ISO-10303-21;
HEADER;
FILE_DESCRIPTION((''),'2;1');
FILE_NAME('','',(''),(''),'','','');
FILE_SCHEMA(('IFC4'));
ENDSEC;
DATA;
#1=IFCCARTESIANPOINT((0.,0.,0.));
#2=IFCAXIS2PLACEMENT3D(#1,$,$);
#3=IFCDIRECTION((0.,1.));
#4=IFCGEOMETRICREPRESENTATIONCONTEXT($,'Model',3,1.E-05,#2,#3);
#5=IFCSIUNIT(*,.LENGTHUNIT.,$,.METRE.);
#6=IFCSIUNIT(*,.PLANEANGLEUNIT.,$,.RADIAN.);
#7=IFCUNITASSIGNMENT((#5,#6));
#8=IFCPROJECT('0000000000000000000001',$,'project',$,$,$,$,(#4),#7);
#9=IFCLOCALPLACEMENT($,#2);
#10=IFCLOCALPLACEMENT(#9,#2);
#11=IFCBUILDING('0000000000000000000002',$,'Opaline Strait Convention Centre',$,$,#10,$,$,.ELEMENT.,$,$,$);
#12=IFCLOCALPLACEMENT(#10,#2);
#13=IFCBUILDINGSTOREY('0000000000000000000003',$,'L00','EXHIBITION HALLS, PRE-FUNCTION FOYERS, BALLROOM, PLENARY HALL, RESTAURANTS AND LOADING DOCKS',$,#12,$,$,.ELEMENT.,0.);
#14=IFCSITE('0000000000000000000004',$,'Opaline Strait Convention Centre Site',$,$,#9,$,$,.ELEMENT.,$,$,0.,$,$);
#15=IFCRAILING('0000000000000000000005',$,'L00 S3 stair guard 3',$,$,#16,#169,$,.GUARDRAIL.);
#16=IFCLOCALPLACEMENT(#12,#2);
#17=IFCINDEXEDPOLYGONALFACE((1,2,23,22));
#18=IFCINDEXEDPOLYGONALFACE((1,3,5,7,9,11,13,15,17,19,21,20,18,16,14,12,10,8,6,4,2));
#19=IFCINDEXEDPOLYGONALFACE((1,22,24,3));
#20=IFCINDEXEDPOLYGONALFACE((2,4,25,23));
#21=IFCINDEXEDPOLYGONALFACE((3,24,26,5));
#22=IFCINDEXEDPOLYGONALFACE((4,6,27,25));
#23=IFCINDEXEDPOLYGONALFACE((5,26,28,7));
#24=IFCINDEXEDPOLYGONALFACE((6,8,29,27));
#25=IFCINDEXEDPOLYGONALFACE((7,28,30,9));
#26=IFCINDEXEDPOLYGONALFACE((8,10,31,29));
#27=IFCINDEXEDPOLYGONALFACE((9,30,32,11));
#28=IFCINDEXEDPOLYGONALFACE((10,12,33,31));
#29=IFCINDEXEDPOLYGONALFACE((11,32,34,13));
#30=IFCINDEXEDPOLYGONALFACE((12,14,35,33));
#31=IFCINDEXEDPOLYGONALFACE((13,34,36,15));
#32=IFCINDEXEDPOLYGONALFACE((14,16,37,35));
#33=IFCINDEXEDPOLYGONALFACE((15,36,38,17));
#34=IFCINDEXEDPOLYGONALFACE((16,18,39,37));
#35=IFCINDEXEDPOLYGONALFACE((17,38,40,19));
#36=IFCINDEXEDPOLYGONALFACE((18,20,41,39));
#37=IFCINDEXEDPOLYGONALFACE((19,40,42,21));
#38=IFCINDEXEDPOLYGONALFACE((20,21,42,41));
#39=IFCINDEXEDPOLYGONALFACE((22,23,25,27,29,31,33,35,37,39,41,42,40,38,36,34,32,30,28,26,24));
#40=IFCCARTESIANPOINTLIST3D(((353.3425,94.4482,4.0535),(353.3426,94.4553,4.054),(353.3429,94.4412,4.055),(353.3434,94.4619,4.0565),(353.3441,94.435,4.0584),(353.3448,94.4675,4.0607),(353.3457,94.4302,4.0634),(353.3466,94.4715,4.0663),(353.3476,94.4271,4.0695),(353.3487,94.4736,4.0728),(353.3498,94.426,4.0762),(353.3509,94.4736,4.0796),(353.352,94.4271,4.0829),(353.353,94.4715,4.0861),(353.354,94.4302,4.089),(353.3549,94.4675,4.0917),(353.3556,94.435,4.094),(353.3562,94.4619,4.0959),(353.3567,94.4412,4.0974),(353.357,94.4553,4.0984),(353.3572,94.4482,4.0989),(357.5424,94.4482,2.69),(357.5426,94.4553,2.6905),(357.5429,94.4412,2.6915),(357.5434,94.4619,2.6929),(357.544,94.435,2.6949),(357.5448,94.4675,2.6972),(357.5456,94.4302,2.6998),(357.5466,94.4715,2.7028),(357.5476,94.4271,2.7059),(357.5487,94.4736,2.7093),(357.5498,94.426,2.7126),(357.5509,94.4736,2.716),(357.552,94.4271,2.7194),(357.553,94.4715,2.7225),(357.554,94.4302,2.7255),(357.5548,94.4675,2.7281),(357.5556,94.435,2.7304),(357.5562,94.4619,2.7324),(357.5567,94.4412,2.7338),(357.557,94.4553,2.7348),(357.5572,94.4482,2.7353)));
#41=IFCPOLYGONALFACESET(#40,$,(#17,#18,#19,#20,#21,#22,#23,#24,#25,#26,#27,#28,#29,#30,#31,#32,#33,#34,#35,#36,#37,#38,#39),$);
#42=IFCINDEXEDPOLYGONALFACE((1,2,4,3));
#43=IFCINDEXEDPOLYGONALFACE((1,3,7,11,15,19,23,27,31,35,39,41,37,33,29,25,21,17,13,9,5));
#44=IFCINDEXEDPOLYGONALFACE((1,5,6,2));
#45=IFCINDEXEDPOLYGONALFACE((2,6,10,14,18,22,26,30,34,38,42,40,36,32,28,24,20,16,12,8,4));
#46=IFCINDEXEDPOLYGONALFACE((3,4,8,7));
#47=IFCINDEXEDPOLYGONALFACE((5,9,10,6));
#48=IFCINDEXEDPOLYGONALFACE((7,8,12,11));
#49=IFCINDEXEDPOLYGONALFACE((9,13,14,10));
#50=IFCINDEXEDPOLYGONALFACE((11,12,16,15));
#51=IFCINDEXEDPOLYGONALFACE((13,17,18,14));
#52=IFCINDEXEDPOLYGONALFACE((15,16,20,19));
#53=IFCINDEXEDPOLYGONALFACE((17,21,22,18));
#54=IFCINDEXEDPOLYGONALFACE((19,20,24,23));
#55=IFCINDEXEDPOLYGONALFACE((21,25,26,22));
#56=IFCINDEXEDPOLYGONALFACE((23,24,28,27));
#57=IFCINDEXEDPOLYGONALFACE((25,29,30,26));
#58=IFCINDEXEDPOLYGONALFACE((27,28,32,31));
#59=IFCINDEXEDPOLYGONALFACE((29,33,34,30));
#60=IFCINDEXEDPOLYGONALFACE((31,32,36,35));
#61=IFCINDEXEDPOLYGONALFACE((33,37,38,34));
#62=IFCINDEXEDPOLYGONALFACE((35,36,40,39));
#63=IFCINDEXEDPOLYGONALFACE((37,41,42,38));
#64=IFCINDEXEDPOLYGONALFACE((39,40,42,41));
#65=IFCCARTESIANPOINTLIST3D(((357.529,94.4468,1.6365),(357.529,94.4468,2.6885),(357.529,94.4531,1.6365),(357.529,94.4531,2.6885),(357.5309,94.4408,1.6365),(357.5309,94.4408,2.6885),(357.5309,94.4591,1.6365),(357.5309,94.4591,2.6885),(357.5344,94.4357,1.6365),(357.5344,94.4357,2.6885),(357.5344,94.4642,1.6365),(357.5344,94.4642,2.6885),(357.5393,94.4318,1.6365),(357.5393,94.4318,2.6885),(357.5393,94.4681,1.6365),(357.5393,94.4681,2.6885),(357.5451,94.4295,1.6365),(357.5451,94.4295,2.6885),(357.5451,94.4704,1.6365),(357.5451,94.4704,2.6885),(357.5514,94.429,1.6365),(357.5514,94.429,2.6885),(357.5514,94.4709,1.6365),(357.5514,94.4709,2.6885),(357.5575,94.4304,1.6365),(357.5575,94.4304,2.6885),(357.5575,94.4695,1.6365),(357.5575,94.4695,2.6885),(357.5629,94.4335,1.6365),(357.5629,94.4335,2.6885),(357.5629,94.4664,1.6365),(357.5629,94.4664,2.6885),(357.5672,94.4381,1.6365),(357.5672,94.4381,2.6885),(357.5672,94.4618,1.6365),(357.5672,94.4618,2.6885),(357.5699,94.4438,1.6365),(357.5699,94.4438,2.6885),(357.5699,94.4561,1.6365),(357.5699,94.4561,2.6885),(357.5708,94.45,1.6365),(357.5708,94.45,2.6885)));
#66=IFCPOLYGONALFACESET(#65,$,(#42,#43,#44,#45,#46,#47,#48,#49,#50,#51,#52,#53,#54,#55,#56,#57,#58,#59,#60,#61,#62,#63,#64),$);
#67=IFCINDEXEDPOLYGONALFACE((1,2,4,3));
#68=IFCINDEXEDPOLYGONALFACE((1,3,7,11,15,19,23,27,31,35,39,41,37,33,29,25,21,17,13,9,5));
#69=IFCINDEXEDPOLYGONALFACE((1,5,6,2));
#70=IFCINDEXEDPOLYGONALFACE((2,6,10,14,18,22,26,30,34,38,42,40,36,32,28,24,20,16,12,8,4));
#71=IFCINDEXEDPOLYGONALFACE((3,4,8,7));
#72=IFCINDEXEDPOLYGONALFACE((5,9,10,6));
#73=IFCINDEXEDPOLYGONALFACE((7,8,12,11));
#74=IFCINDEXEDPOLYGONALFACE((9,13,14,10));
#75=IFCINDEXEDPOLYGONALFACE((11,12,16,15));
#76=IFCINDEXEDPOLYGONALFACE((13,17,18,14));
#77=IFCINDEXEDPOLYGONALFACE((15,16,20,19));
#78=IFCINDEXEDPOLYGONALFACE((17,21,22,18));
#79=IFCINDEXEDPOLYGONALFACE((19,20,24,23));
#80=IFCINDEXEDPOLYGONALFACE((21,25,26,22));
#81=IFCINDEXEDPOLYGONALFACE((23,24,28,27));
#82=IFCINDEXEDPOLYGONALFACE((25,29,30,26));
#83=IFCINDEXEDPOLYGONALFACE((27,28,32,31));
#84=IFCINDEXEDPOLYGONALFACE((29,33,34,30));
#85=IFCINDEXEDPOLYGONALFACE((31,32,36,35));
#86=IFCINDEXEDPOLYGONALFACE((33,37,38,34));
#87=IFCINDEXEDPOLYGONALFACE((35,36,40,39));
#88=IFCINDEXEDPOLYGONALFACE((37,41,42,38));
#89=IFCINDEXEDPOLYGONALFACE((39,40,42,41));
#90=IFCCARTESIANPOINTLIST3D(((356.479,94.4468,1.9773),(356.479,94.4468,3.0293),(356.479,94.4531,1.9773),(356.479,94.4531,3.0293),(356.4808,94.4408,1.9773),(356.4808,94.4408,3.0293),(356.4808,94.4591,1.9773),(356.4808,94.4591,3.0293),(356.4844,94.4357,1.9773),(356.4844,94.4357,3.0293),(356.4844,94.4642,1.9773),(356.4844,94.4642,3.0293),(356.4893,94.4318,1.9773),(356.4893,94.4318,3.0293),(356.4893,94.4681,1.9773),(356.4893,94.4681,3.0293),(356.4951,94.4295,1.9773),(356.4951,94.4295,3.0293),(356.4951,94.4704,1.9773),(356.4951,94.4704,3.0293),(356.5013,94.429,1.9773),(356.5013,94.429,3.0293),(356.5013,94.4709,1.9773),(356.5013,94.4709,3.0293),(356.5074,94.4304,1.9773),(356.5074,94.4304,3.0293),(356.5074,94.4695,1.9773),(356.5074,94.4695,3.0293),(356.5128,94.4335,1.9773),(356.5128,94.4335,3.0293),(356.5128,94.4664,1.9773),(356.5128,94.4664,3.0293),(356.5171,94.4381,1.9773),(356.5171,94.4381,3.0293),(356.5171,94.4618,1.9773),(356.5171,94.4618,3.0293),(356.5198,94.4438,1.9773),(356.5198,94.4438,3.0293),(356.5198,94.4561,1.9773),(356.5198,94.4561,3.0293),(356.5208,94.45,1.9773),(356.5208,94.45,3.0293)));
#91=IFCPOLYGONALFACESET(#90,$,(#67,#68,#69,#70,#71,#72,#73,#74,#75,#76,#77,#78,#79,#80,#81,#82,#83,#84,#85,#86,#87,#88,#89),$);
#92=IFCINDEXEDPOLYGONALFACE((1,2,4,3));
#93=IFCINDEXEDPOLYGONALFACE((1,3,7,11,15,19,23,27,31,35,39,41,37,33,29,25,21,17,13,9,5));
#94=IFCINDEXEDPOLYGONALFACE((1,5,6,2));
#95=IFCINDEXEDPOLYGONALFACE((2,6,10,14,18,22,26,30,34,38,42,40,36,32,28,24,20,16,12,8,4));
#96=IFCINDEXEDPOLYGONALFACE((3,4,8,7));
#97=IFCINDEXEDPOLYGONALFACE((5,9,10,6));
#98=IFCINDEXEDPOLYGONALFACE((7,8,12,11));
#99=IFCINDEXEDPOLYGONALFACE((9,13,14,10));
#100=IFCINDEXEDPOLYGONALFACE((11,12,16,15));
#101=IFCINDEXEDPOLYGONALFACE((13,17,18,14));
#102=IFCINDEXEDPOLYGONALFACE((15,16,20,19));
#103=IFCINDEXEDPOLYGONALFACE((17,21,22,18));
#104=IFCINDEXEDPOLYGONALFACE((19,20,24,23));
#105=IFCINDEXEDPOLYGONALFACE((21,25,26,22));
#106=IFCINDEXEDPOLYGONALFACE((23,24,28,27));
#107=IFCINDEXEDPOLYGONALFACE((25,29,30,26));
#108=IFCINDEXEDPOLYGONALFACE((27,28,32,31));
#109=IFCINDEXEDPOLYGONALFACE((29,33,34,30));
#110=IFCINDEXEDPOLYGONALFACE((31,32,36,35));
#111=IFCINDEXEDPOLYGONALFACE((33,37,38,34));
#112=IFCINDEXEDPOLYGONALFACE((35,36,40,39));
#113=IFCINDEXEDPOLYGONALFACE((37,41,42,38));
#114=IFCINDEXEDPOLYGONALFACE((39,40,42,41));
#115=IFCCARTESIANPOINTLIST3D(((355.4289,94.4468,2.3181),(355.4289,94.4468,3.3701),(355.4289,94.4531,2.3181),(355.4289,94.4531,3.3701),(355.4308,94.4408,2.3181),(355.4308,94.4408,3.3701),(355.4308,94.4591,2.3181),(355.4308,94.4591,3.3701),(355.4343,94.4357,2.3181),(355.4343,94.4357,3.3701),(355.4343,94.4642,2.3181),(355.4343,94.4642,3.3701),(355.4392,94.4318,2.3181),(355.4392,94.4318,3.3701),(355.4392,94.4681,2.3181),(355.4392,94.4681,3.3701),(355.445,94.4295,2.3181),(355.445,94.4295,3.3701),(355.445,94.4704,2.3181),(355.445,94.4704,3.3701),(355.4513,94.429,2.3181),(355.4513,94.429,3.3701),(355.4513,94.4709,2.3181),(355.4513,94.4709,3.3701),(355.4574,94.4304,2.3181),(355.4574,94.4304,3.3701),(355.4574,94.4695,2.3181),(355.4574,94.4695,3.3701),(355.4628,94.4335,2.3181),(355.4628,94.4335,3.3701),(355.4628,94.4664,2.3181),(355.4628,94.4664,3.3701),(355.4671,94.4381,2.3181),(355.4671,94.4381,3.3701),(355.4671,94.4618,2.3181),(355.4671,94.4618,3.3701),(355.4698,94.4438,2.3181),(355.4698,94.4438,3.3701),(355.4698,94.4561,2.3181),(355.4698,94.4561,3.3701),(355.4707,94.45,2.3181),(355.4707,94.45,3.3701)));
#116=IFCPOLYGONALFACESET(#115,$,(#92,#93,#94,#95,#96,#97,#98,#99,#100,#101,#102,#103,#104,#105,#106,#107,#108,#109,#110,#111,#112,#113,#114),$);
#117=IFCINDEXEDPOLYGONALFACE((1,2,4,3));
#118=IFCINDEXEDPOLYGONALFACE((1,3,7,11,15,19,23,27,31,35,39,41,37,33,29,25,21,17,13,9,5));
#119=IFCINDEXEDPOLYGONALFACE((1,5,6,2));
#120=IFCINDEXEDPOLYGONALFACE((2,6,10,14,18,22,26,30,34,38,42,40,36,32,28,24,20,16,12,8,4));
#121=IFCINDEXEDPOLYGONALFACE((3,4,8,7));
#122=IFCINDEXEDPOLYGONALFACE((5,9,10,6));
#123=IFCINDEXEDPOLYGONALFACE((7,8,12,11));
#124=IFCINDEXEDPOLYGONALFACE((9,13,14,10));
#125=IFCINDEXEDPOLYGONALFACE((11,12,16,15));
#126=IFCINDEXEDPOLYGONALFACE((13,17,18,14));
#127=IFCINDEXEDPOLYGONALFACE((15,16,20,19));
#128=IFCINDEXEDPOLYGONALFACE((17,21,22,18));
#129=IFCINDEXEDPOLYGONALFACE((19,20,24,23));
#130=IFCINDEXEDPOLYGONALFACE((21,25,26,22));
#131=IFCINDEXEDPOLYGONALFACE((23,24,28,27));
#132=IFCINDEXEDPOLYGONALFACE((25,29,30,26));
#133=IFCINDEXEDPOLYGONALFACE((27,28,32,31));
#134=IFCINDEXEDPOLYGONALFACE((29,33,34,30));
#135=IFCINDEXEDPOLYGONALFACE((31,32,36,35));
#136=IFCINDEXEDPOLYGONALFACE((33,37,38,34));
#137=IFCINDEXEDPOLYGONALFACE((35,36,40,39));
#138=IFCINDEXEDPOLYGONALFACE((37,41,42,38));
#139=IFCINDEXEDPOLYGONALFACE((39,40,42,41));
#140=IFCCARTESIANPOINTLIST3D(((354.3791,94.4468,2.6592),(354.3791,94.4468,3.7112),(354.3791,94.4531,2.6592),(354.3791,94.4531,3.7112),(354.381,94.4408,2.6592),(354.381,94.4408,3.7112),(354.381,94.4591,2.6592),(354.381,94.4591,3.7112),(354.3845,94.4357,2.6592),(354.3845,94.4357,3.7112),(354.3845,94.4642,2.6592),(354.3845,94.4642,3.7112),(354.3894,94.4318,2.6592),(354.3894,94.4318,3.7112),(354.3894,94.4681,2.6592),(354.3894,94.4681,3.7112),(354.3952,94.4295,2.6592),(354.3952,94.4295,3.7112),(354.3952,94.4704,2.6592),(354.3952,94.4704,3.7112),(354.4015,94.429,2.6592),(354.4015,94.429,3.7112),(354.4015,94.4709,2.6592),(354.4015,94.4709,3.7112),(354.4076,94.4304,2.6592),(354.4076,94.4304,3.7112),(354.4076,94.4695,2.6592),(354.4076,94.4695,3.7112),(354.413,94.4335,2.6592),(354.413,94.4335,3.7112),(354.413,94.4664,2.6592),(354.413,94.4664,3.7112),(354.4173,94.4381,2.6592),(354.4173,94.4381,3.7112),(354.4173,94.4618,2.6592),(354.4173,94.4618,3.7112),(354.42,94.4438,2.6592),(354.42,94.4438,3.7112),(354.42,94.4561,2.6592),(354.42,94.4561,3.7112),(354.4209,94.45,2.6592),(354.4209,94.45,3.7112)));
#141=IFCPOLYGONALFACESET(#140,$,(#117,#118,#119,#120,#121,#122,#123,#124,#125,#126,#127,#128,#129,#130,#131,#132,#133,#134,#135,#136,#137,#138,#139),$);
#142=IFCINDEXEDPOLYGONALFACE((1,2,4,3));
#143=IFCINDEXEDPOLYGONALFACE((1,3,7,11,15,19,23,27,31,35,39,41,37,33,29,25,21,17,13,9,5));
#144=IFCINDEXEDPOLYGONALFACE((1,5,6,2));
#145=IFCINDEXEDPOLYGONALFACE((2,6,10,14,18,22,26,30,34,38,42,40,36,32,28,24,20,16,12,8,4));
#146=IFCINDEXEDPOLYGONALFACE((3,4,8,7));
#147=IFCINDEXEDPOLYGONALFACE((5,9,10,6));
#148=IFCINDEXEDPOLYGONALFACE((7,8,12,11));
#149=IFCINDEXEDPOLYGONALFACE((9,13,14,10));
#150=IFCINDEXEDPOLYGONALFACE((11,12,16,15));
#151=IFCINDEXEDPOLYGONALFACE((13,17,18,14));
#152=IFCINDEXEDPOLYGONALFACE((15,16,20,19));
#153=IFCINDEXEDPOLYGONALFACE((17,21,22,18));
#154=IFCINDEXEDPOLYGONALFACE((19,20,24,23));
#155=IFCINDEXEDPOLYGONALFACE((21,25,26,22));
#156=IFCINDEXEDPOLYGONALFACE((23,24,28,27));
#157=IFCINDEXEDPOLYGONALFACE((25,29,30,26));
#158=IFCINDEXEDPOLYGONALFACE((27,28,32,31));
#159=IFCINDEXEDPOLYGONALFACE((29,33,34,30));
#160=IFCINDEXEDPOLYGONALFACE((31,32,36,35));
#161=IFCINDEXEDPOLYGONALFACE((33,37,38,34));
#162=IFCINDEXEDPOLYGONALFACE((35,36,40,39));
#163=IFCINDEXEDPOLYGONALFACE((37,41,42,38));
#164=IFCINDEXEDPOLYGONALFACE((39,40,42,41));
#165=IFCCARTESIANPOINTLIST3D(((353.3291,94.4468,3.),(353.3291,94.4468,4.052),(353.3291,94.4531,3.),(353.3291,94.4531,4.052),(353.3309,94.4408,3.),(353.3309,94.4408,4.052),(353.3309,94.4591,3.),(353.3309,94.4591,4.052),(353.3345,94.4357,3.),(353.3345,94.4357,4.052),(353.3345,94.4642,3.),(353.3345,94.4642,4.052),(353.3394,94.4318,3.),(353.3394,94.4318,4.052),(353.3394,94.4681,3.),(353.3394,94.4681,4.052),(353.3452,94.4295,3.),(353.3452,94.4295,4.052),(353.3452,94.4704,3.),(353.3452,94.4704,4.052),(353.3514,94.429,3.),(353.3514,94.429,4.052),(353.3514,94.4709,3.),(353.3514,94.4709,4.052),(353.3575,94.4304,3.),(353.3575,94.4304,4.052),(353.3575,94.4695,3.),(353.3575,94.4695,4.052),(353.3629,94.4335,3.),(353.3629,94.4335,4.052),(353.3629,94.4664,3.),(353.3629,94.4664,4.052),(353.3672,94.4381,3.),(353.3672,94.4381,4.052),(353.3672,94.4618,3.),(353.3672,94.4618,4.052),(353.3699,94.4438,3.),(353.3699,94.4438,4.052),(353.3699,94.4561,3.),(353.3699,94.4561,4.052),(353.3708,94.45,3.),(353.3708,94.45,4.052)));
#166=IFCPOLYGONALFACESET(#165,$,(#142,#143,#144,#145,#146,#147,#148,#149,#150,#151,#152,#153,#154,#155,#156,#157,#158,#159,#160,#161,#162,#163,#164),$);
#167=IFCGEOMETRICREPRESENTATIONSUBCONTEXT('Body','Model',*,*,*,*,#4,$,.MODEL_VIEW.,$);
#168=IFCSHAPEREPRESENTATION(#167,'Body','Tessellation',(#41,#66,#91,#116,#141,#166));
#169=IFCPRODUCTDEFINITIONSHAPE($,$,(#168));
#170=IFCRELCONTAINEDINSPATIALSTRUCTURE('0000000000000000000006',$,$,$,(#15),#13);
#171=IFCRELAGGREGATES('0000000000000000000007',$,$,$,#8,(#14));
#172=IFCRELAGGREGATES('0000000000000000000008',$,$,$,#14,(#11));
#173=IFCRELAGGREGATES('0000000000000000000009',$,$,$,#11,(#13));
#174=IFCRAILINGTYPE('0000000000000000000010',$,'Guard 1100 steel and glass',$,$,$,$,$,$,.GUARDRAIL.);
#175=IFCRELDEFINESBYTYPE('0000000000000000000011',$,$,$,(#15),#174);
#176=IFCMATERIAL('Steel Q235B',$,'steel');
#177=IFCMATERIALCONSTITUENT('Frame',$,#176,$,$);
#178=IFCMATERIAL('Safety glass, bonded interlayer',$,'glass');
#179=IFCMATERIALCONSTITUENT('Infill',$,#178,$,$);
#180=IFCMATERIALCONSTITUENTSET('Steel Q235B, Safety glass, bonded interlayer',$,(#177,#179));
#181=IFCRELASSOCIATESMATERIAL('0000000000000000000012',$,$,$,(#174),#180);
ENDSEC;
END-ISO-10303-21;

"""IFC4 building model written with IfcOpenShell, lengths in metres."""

from ifc_helpers import new_model, si_unit, direction, frame, origin, origin_2d, place, context, subcontext, project, spatial, circle, extrude, material, constituent, constituent_set, type_object, element, save


model = new_model("IFC4")

# Units and contexts
model_context = context("Model", 3, precision=1e-05, world=origin(), true_north=direction((0.0, 1.0)))
body_context = subcontext(model_context, "Body", "Model", "MODEL_VIEW")
ifc_project = project(units=[si_unit("LENGTHUNIT", "METRE"), si_unit("PLANEANGLEUNIT", "RADIAN")], contexts=[model_context])

# Site, building, storey
site_placement = place(None, origin())
site = spatial("IfcSite", under=ifc_project, at=site_placement, Name="Opaline Strait Convention Centre Site", CompositionType="ELEMENT", RefElevation=0.0)
building_placement = place(site_placement, origin())
building = spatial("IfcBuilding", under=site, at=building_placement, Name="Opaline Strait Convention Centre", CompositionType="ELEMENT")
storey_placement = place(building_placement, origin())
storey = spatial("IfcBuildingStorey", under=building, at=storey_placement, Name="L00", Description="EXHIBITION HALLS, PRE-FUNCTION FOYERS, BALLROOM, PLENARY HALL, RESTAURANTS AND LOADING DOCKS", CompositionType="ELEMENT", Elevation=0.0)

# Shared definitions
ifc_material_1 = material(Name="Steel Q235B", Category="steel")

# Railing
ifc_constituent_1 = constituent(ifc_material_1, Name="Frame")
ifc_material_2 = material(Name="Safety glass, bonded interlayer", Category="glass")
ifc_constituent_2 = constituent(ifc_material_2, Name="Infill")
ifc_constituent_set = constituent_set(constituents=[ifc_constituent_1, ifc_constituent_2], Name="Steel Q235B, Safety glass, bonded interlayer")
railing_type = type_object("IfcRailingType", Name="Guard 1100 steel and glass", PredefinedType="GUARDRAIL", material=ifc_constituent_set)
railing_1_placement = place(storey_placement, frame((357.5498, 94.45, 1.6365)))
element("IfcRailing", 1, at=railing_1_placement, inside=storey, type_object=railing_type, Name="L00 S3 stair guard 3", PredefinedType="GUARDRAIL", context=body_context, shape_type="SweptSolid", body=[
    extrude(circle(Radius=0.0239, at=origin_2d()), frame((0.0, 0.0, 1.0762), z_axis=(-0.951131, 0.0, 0.308787), x_axis=(0.0, -1.0, 0.0)), (0.0, 0.0, 1.0), 4.4158),
    extrude(circle(Radius=0.021, at=origin_2d()), origin(), (0.0, 0.0, 1.0), 1.052),
    extrude(circle(Radius=0.021, at=origin_2d()), frame((-1.05, 0.0, 0.3408)), (0.0, 0.0, 1.0), 1.052),
    extrude(circle(Radius=0.021, at=origin_2d()), frame((-2.1001, 0.0, 0.6816)), (0.0, 0.0, 1.0), 1.052),
    extrude(circle(Radius=0.021, at=origin_2d()), frame((-3.1499, 0.0, 1.0227)), (0.0, 0.0, 1.0), 1.052),
    extrude(circle(Radius=0.021, at=origin_2d()), frame((-4.2, 0.0, 1.3635)), (0.0, 0.0, 1.0), 1.052),
])

save(model, "model.ifc")
